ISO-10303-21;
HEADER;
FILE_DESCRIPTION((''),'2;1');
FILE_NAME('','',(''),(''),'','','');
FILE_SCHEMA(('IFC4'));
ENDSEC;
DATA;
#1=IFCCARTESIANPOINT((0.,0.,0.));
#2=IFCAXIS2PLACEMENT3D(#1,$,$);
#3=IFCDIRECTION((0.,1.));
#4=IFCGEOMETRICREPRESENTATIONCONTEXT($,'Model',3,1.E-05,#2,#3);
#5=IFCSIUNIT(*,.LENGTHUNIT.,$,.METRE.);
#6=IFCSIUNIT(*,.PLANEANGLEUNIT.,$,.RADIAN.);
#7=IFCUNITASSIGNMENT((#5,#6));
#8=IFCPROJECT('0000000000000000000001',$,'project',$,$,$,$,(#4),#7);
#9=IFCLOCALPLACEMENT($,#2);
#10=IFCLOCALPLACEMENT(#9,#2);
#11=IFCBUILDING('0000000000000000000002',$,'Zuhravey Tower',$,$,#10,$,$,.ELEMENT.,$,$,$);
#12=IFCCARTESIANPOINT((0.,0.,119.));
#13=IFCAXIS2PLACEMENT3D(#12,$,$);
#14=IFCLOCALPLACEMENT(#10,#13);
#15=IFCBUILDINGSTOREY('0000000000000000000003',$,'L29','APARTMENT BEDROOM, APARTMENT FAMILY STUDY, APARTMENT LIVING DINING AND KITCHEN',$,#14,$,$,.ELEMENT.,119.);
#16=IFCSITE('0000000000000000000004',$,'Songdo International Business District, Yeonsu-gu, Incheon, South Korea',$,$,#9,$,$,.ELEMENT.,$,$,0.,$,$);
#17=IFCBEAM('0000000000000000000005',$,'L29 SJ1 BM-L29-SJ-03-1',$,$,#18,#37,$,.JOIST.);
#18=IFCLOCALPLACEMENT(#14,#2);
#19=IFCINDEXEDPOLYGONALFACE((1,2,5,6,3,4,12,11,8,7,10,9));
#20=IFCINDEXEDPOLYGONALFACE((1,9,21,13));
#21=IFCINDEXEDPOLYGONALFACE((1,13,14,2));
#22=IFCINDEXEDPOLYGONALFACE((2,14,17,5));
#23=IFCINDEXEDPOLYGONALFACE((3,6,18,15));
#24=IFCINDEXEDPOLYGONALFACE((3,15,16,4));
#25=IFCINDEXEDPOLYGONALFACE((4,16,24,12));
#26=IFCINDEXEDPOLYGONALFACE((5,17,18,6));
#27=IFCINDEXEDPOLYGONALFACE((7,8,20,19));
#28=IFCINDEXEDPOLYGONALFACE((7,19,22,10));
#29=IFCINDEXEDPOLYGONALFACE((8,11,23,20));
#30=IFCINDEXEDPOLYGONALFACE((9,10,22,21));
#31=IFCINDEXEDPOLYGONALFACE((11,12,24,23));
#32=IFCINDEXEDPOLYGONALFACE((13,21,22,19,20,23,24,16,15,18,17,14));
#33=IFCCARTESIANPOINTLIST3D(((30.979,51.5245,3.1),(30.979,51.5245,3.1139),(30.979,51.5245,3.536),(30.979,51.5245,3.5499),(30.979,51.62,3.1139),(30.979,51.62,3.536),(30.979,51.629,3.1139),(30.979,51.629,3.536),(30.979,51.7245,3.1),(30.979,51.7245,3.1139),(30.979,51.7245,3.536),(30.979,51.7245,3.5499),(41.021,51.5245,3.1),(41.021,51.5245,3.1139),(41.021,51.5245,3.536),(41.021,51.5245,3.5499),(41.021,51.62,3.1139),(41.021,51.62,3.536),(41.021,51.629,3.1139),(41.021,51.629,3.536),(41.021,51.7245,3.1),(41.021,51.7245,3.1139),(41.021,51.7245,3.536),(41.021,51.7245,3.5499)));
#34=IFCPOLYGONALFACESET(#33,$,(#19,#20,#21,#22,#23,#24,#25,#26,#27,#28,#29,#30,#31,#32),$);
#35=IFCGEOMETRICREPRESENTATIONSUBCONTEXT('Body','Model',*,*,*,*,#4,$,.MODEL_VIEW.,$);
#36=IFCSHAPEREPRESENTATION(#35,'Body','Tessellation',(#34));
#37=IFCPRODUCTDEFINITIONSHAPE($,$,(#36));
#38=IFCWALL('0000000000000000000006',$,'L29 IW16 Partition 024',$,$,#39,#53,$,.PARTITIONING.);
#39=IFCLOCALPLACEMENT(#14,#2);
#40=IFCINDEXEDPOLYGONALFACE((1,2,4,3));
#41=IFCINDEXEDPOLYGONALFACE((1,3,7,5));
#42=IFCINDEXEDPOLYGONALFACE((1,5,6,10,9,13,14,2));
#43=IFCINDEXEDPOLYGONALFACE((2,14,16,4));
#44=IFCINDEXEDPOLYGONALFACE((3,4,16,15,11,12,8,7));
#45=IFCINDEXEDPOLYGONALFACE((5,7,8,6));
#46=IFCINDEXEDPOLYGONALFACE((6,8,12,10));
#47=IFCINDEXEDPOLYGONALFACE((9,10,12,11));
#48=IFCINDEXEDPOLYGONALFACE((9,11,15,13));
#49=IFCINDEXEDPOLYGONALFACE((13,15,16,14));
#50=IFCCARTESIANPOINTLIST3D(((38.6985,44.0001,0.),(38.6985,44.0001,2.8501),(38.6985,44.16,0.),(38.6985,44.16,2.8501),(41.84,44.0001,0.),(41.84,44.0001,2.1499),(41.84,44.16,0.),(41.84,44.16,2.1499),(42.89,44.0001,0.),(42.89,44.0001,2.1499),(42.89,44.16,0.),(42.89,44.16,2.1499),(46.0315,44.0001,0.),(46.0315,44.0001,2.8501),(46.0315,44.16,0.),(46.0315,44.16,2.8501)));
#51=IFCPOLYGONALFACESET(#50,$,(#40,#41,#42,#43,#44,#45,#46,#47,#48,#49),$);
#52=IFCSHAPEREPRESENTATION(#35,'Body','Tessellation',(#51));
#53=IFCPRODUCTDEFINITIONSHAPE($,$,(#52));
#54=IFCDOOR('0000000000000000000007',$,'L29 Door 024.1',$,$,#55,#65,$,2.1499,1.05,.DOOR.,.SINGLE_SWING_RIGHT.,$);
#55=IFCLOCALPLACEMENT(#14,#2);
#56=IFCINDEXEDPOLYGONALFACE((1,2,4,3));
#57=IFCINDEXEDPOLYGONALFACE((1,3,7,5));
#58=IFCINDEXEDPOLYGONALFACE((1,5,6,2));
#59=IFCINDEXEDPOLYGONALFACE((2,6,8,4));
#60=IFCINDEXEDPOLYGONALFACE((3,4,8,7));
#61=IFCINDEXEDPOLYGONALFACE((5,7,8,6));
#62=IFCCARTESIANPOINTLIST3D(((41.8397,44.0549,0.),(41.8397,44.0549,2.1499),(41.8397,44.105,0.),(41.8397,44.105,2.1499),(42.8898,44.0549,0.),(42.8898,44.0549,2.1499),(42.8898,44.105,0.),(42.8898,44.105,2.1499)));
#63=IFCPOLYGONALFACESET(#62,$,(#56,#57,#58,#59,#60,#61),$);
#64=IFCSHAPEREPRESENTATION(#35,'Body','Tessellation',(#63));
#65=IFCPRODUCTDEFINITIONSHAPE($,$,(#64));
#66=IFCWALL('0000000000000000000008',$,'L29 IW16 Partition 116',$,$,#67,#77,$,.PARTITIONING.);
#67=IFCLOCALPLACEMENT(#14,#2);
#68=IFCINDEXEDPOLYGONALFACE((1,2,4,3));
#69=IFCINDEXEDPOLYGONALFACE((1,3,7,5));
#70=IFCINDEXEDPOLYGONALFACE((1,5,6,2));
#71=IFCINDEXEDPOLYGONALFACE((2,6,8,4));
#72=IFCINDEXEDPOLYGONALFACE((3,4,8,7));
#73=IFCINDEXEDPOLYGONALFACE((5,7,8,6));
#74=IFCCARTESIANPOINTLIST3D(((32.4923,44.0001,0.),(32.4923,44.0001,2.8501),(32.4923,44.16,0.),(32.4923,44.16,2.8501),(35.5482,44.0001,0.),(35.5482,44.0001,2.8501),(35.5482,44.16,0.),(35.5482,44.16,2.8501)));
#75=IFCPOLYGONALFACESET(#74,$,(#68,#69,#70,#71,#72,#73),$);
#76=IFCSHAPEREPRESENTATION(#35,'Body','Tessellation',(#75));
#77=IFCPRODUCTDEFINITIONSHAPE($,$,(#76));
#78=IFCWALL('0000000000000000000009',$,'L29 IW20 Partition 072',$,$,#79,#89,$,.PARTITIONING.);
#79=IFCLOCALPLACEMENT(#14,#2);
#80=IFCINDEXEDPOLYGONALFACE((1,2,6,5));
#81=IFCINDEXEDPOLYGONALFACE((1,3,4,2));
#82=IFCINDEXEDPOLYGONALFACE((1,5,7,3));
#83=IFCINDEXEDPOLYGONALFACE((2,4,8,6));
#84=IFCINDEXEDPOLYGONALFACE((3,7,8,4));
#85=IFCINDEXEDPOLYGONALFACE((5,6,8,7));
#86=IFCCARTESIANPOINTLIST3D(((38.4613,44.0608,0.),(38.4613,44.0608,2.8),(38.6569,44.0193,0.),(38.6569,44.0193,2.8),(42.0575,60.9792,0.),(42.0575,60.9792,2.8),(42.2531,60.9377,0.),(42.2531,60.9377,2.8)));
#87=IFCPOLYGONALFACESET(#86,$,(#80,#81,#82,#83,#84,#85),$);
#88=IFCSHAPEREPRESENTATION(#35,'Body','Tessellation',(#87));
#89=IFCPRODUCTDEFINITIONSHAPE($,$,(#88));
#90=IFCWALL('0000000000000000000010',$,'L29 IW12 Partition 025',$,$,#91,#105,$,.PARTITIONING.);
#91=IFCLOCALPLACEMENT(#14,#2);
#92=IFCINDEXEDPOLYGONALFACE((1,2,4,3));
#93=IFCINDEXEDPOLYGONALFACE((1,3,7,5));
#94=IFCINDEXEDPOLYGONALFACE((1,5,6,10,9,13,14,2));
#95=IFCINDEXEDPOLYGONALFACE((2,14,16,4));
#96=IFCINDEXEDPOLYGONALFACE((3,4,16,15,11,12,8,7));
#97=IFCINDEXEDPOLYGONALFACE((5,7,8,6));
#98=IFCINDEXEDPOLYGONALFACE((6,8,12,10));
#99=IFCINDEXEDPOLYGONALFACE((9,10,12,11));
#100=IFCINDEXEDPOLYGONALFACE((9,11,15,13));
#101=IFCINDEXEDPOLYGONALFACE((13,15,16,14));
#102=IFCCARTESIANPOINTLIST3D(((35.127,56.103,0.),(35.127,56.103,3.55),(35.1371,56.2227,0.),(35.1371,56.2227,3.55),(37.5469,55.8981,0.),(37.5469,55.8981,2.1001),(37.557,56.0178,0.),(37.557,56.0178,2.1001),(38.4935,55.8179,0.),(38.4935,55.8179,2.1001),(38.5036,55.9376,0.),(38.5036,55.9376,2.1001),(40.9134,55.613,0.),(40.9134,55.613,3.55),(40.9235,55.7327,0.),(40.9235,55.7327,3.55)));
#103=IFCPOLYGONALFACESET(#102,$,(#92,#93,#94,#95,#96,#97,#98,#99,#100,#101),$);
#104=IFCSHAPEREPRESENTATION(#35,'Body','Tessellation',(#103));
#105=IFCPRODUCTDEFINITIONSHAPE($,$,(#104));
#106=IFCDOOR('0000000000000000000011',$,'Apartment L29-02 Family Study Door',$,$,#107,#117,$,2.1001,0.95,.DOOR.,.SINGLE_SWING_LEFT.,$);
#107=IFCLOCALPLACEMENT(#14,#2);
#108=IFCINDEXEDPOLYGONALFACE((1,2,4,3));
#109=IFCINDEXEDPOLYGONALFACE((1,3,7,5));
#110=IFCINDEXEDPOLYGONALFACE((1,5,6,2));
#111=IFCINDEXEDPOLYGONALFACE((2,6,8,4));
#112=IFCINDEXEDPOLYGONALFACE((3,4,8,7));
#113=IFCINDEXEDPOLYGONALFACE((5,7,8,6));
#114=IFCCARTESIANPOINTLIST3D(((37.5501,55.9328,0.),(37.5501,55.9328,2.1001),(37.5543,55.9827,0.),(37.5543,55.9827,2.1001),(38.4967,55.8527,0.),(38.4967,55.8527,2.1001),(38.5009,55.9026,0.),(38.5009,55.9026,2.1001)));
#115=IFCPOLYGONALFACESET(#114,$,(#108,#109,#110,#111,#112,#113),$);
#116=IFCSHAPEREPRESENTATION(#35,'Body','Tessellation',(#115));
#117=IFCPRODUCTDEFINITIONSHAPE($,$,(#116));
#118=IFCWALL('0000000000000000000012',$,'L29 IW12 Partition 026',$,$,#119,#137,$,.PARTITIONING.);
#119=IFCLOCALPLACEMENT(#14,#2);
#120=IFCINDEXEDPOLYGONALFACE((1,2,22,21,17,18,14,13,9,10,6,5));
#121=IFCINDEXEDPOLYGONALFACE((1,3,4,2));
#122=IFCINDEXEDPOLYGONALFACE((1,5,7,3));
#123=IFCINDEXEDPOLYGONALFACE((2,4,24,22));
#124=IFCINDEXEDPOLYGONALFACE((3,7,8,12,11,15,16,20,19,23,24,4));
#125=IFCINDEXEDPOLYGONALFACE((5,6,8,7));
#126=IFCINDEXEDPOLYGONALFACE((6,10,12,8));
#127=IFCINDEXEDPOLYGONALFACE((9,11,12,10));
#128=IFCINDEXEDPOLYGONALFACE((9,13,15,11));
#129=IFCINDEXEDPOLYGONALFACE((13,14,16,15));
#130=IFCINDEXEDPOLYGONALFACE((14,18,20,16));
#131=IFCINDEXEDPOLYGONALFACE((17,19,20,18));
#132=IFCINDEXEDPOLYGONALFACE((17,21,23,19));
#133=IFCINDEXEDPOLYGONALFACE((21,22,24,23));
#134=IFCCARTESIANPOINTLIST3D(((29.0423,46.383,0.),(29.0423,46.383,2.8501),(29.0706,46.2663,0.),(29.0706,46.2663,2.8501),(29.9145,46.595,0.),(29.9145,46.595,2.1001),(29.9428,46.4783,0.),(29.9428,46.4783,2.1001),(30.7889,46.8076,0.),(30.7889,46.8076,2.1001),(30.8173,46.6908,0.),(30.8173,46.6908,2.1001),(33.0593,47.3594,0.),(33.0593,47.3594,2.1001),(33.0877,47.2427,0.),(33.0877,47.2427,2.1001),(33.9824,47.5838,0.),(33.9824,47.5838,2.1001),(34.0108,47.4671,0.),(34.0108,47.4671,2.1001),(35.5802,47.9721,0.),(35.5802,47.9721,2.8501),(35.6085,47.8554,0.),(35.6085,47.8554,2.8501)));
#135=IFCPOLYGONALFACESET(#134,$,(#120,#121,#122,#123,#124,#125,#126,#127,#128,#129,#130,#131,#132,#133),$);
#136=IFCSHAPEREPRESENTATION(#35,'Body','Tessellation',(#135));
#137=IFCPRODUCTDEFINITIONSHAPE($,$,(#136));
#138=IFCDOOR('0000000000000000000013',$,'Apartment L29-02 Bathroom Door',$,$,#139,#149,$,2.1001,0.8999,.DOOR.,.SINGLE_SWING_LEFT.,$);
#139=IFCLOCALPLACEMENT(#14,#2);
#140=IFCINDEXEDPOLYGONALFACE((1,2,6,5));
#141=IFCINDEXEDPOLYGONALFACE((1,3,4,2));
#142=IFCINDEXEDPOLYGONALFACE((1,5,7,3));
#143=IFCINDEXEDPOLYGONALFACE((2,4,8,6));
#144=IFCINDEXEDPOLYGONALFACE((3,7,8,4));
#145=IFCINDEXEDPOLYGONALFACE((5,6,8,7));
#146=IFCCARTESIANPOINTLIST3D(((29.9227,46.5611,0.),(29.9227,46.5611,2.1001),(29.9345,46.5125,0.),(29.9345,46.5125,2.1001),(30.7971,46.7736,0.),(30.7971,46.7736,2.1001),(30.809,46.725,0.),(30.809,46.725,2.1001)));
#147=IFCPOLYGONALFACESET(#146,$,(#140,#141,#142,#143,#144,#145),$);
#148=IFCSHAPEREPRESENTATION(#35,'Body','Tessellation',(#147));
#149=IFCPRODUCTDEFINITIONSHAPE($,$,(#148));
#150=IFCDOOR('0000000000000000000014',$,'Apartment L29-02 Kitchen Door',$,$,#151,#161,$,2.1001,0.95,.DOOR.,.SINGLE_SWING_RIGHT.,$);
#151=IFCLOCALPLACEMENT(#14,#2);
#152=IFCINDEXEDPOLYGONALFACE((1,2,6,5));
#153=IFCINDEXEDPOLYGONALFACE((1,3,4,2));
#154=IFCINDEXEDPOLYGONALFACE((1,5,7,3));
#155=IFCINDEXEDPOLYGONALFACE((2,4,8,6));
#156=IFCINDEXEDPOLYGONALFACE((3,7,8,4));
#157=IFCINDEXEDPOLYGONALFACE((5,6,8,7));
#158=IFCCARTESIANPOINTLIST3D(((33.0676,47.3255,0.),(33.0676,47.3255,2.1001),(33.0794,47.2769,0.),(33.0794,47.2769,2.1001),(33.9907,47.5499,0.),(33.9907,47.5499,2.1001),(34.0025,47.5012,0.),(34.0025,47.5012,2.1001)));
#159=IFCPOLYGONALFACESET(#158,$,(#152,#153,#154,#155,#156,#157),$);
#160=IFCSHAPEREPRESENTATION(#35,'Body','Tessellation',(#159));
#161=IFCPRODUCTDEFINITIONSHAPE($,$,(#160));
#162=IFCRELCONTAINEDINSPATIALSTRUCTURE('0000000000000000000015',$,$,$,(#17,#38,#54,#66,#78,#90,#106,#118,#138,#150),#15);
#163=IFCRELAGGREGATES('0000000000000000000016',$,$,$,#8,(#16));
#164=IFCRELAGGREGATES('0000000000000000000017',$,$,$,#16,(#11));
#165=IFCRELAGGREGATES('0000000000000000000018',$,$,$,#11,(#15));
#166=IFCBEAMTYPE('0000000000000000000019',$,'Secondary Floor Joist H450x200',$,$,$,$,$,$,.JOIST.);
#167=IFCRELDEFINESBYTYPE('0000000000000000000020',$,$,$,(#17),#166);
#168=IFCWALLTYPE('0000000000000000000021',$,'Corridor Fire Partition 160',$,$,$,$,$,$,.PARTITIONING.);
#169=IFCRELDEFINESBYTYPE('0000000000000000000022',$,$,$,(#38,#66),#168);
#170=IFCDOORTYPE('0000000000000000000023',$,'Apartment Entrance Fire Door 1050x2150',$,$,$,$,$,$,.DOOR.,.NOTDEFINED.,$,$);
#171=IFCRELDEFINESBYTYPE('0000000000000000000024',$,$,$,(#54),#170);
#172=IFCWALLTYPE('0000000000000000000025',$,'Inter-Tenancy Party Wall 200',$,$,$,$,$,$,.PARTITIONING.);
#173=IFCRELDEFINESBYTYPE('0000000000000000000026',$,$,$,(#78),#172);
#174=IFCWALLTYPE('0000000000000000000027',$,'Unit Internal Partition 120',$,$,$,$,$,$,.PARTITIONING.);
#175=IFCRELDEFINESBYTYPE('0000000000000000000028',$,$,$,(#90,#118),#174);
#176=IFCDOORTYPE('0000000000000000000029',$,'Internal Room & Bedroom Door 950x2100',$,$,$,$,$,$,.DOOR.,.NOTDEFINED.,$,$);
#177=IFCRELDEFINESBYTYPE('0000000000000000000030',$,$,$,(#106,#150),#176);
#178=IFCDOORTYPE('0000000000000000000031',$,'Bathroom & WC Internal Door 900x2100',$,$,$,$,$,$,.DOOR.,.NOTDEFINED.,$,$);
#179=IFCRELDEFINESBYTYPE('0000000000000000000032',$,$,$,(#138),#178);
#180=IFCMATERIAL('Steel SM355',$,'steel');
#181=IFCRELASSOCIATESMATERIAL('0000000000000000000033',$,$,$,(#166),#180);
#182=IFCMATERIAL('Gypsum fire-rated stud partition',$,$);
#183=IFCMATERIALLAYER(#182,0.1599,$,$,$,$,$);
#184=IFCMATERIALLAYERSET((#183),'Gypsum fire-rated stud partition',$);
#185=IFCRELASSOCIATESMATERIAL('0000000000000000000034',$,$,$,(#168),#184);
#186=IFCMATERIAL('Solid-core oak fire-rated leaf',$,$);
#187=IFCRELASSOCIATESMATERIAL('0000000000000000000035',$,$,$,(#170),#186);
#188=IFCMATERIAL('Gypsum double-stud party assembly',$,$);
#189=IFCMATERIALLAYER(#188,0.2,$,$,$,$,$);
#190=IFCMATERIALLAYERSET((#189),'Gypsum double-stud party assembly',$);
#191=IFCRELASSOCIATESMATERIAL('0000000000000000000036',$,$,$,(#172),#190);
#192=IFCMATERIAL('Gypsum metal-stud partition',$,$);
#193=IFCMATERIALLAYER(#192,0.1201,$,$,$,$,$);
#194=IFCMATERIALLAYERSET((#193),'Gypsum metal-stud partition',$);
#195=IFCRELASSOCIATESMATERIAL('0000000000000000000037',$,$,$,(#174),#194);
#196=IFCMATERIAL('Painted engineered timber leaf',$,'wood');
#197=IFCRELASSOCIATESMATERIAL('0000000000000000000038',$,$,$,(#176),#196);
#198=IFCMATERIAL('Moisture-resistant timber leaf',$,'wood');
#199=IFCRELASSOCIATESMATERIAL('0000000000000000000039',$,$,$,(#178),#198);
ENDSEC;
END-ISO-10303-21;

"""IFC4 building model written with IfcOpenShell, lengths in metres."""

from ifc_helpers import new_model, si_unit, direction, frame, frame_2d, origin, origin_2d, place, context, subcontext, project, spatial, rectangle, i_section, extrude, material, layer, layer_set, material_profile, profile_set, type_object, element, fill, save


model = new_model("IFC4")

# Units and contexts
model_context = context("Model", 3, precision=1e-05, world=origin(), true_north=direction((0.0, 1.0)))
body_context = subcontext(model_context, "Body", "Model", "MODEL_VIEW")
ifc_project = project(units=[si_unit("LENGTHUNIT", "METRE"), si_unit("PLANEANGLEUNIT", "RADIAN")], contexts=[model_context])

# Site, building, storey
site_placement = place(None, origin())
site = spatial("IfcSite", under=ifc_project, at=site_placement, Name="Songdo International Business District, Yeonsu-gu, Incheon, South Korea", CompositionType="ELEMENT", RefElevation=0.0)
building_placement = place(site_placement, origin())
building = spatial("IfcBuilding", under=site, at=building_placement, Name="Zuhravey Tower", CompositionType="ELEMENT")
storey_placement = place(building_placement, frame((0.0, 0.0, 119.0)))
storey = spatial("IfcBuildingStorey", under=building, at=storey_placement, Name="L29", Description="APARTMENT BEDROOM, APARTMENT FAMILY STUDY, APARTMENT LIVING DINING AND KITCHEN", CompositionType="ELEMENT", Elevation=119.0)

# Beam
ifc_material_1 = material(Name="Steel SM355", Category="steel")
ifc_material_profile = material_profile(ifc_material_1, i_section(OverallWidth=0.2, OverallDepth=0.45, WebThickness=0.009, FlangeThickness=0.0139, at=origin_2d()), Name="H-450x200x9x14")
ifc_profile_set = profile_set([ifc_material_profile], Name="Steel SM355")
beam_type = type_object("IfcBeamType", Name="Secondary Floor Joist H450x200", PredefinedType="JOIST", material=ifc_profile_set)
beam_placement = place(storey_placement, frame((41.021, 51.6245, 3.325), z_axis=(-1.0, 0.0, 0.0), x_axis=(0.0, -1.0, 0.0)))
element("IfcBeam", 1, at=beam_placement, inside=storey, type_object=beam_type, Name="L29 SJ1 BM-L29-SJ-03-1", PredefinedType="JOIST", context=body_context, shape_type="SweptSolid", body=[
    extrude(i_section(OverallWidth=0.2, OverallDepth=0.45, WebThickness=0.009, FlangeThickness=0.0139, at=origin_2d()), origin(), (0.0, 0.0, 1.0), 10.042),
])

# Wall, opening, door
ifc_material_2 = material(Name="Gypsum fire-rated stud partition")
ifc_layer_1 = layer(ifc_material_2, 0.1599)
ifc_layer_set_1 = layer_set([ifc_layer_1], Name="Gypsum fire-rated stud partition")
wall_type_1 = type_object("IfcWallType", Name="Corridor Fire Partition 160", PredefinedType="PARTITIONING", material=ifc_layer_set_1)
wall_1_placement = place(storey_placement, frame((46.0315, 44.0801, 0.0), z_axis=(0.0, 0.0, 1.0), x_axis=(-1.0, 0.0, 0.0)))
wall_1 = element("IfcWall", 2, at=wall_1_placement, inside=storey, type_object=wall_type_1, Name="L29 IW16 Partition 024", PredefinedType="PARTITIONING", context=body_context, shape_type="SweptSolid", body=[
    extrude(rectangle(XDim=7.333, YDim=0.1599, at=frame_2d((3.6665, 0.0))), origin(), (0.0, 0.0, 1.0), 2.8501),
])
opening_1_placement = place(wall_1_placement, frame((3.1416, 0.0, 0.0)))
opening_1 = element("IfcOpeningElement", 3, at=opening_1_placement, cuts=wall_1, PredefinedType="OPENING", context=body_context, shape_type="SweptSolid", body=[
    extrude(rectangle(XDim=1.05, YDim=2.1499, at=frame_2d((0.5249, 1.075))), frame((0.0, 0.092, 0.0), z_axis=(0.0, -1.0, 0.0), x_axis=(1.0, 0.0, 0.0)), (0.0, 0.0, 1.0), 0.1838),
])
ifc_material_3 = material(Name="Solid-core oak fire-rated leaf")
door_type_1 = type_object("IfcDoorType", Name="Apartment Entrance Fire Door 1050x2150", OperationType="NOTDEFINED", PredefinedType="DOOR", material=ifc_material_3)
door_1_placement = place(opening_1_placement, frame((1.05, 0.0, 0.0), z_axis=(0.0, 0.0, 1.0), x_axis=(-1.0, 0.0, 0.0)))
door_1 = element("IfcDoor", 4, at=door_1_placement, inside=storey, type_object=door_type_1, Name="L29 Door 024.1", OperationType="SINGLE_SWING_RIGHT", OverallHeight=2.1499, OverallWidth=1.05, PredefinedType="DOOR", context=body_context, shape_type="SweptSolid", body=[
    extrude(rectangle(XDim=1.05, YDim=2.1499, at=frame_2d((0.5249, 1.075))), frame((0.0, 0.0249, 0.0), z_axis=(0.0, -1.0, 0.0), x_axis=(1.0, 0.0, 0.0)), (0.0, 0.0, 1.0), 0.05),
])
fill(opening_1, door_1)

# Walls
wall_2_placement = place(storey_placement, frame((35.5481, 44.0801, 0.0), z_axis=(0.0, 0.0, 1.0), x_axis=(-1.0, 0.0, 0.0)))
element("IfcWall", 5, at=wall_2_placement, inside=storey, type_object=wall_type_1, Name="L29 IW16 Partition 116", PredefinedType="PARTITIONING", context=body_context, shape_type="SweptSolid", body=[
    extrude(rectangle(XDim=3.0559, YDim=0.1599, at=frame_2d((1.5278, 0.0))), origin(), (0.0, 0.0, 1.0), 2.8501),
])
ifc_material_4 = material(Name="Gypsum double-stud party assembly")
ifc_layer_2 = layer(ifc_material_4, 0.2)
ifc_layer_set_2 = layer_set([ifc_layer_2], Name="Gypsum double-stud party assembly")
wall_type_2 = type_object("IfcWallType", Name="Inter-Tenancy Party Wall 200", PredefinedType="PARTITIONING", material=ifc_layer_set_2)
wall_3_placement = place(storey_placement, frame((38.5591, 44.04, 0.0), z_axis=(0.0, 0.0, 1.0), x_axis=(0.207915, 0.978147, 0.0)))
element("IfcWall", 6, at=wall_3_placement, inside=storey, type_object=wall_type_2, Name="L29 IW20 Partition 072", PredefinedType="PARTITIONING", context=body_context, shape_type="SweptSolid", body=[
    extrude(rectangle(XDim=17.2964, YDim=0.2, at=frame_2d((8.6482, 0.0))), origin(), (0.0, 0.0, 1.0), 2.8),
])

# Wall, opening, door
ifc_material_5 = material(Name="Gypsum metal-stud partition")
ifc_layer_3 = layer(ifc_material_5, 0.1201)
ifc_layer_set_3 = layer_set([ifc_layer_3], Name="Gypsum metal-stud partition")
wall_type_3 = type_object("IfcWallType", Name="Unit Internal Partition 120", PredefinedType="PARTITIONING", material=ifc_layer_set_3)
wall_4_placement = place(storey_placement, frame((40.9185, 55.6729, 0.0), z_axis=(0.0, 0.0, 1.0), x_axis=(-0.996434, 0.084378, 0.0)))
wall_4 = element("IfcWall", 7, at=wall_4_placement, inside=storey, type_object=wall_type_3, Name="L29 IW12 Partition 025", PredefinedType="PARTITIONING", context=body_context, shape_type="SweptSolid", body=[
    extrude(rectangle(XDim=5.8071, YDim=0.1201, at=frame_2d((2.9036, 0.0))), origin(), (0.0, 0.0, 1.0), 3.55),
])
opening_2_placement = place(wall_4_placement, frame((2.4285, 0.0, 0.0)))
opening_2 = element("IfcOpeningElement", 8, at=opening_2_placement, cuts=wall_4, PredefinedType="OPENING", context=body_context, shape_type="SweptSolid", body=[
    extrude(rectangle(XDim=0.95, YDim=2.1001, at=frame_2d((0.4751, 1.05))), frame((0.0, 0.072, 0.0), z_axis=(0.0, -1.0, 0.0), x_axis=(1.0, 0.0, 0.0)), (0.0, 0.0, 1.0), 0.144),
])
ifc_material_6 = material(Name="Painted engineered timber leaf", Category="wood")
door_type_2 = type_object("IfcDoorType", Name="Internal Room & Bedroom Door 950x2100", OperationType="NOTDEFINED", PredefinedType="DOOR", material=ifc_material_6)
door_2_placement = place(opening_2_placement, frame((0.95, 0.0, 0.0), z_axis=(0.0, 0.0, 1.0), x_axis=(-1.0, 0.0, 0.0)))
door_2 = element("IfcDoor", 9, at=door_2_placement, inside=storey, type_object=door_type_2, Name="Apartment L29-02 Family Study Door", OperationType="SINGLE_SWING_LEFT", OverallHeight=2.1001, OverallWidth=0.95, PredefinedType="DOOR", context=body_context, shape_type="SweptSolid", body=[
    extrude(rectangle(XDim=0.95, YDim=2.1001, at=frame_2d((0.4751, 1.05))), frame((0.0, 0.0249, 0.0), z_axis=(0.0, -1.0, 0.0), x_axis=(1.0, 0.0, 0.0)), (0.0, 0.0, 1.0), 0.05),
])
fill(opening_2, door_2)

# Wall, openings, doors
wall_5_placement = place(storey_placement, frame((35.5945, 47.9138, 0.0), z_axis=(0.0, 0.0, 1.0), x_axis=(-0.971708, -0.236187, 0.0)))
wall_5 = element("IfcWall", 10, at=wall_5_placement, inside=storey, type_object=wall_type_3, Name="L29 IW12 Partition 026", PredefinedType="PARTITIONING", context=body_context, shape_type="SweptSolid", body=[
    extrude(rectangle(XDim=6.7283, YDim=0.1201, at=frame_2d((3.3643, 0.0))), origin(), (0.0, 0.0, 1.0), 2.8501),
])
opening_3_placement = place(wall_5_placement, frame((1.6443, 0.0, 0.0)))
opening_3 = element("IfcOpeningElement", 11, at=opening_3_placement, cuts=wall_5, PredefinedType="OPENING", context=body_context, shape_type="SweptSolid", body=[
    extrude(rectangle(XDim=0.95, YDim=2.1001, at=frame_2d((0.4751, 1.05))), frame((0.0, 0.072, 0.0), z_axis=(0.0, -1.0, 0.0), x_axis=(1.0, 0.0, 0.0)), (0.0, 0.0, 1.0), 0.144),
])
opening_4_placement = place(wall_5_placement, frame((4.9309, 0.0, 0.0)))
opening_4 = element("IfcOpeningElement", 12, at=opening_4_placement, cuts=wall_5, PredefinedType="OPENING", context=body_context, shape_type="SweptSolid", body=[
    extrude(rectangle(XDim=0.8999, YDim=2.1001, at=frame_2d((0.45, 1.05))), frame((0.0, 0.072, 0.0), z_axis=(0.0, -1.0, 0.0), x_axis=(1.0, 0.0, 0.0)), (0.0, 0.0, 1.0), 0.144),
])
ifc_material_7 = material(Name="Moisture-resistant timber leaf", Category="wood")
door_type_3 = type_object("IfcDoorType", Name="Bathroom & WC Internal Door 900x2100", OperationType="NOTDEFINED", PredefinedType="DOOR", material=ifc_material_7)
door_3_placement = place(opening_4_placement, origin())
door_3 = element("IfcDoor", 13, at=door_3_placement, inside=storey, type_object=door_type_3, Name="Apartment L29-02 Bathroom Door", OperationType="SINGLE_SWING_LEFT", OverallHeight=2.1001, OverallWidth=0.8999, PredefinedType="DOOR", context=body_context, shape_type="SweptSolid", body=[
    extrude(rectangle(XDim=0.8999, YDim=2.1001, at=frame_2d((0.45, 1.05))), frame((0.0, 0.0249, 0.0), z_axis=(0.0, -1.0, 0.0), x_axis=(1.0, 0.0, 0.0)), (0.0, 0.0, 1.0), 0.05),
])
fill(opening_4, door_3)
door_4_placement = place(opening_3_placement, origin())
door_4 = element("IfcDoor", 14, at=door_4_placement, inside=storey, type_object=door_type_2, Name="Apartment L29-02 Kitchen Door", OperationType="SINGLE_SWING_RIGHT", OverallHeight=2.1001, OverallWidth=0.95, PredefinedType="DOOR", context=body_context, shape_type="SweptSolid", body=[
    extrude(rectangle(XDim=0.95, YDim=2.1001, at=frame_2d((0.4751, 1.05))), frame((0.0, 0.0249, 0.0), z_axis=(0.0, -1.0, 0.0), x_axis=(1.0, 0.0, 0.0)), (0.0, 0.0, 1.0), 0.05),
])
fill(opening_3, door_4)

save(model, "model.ifc")
